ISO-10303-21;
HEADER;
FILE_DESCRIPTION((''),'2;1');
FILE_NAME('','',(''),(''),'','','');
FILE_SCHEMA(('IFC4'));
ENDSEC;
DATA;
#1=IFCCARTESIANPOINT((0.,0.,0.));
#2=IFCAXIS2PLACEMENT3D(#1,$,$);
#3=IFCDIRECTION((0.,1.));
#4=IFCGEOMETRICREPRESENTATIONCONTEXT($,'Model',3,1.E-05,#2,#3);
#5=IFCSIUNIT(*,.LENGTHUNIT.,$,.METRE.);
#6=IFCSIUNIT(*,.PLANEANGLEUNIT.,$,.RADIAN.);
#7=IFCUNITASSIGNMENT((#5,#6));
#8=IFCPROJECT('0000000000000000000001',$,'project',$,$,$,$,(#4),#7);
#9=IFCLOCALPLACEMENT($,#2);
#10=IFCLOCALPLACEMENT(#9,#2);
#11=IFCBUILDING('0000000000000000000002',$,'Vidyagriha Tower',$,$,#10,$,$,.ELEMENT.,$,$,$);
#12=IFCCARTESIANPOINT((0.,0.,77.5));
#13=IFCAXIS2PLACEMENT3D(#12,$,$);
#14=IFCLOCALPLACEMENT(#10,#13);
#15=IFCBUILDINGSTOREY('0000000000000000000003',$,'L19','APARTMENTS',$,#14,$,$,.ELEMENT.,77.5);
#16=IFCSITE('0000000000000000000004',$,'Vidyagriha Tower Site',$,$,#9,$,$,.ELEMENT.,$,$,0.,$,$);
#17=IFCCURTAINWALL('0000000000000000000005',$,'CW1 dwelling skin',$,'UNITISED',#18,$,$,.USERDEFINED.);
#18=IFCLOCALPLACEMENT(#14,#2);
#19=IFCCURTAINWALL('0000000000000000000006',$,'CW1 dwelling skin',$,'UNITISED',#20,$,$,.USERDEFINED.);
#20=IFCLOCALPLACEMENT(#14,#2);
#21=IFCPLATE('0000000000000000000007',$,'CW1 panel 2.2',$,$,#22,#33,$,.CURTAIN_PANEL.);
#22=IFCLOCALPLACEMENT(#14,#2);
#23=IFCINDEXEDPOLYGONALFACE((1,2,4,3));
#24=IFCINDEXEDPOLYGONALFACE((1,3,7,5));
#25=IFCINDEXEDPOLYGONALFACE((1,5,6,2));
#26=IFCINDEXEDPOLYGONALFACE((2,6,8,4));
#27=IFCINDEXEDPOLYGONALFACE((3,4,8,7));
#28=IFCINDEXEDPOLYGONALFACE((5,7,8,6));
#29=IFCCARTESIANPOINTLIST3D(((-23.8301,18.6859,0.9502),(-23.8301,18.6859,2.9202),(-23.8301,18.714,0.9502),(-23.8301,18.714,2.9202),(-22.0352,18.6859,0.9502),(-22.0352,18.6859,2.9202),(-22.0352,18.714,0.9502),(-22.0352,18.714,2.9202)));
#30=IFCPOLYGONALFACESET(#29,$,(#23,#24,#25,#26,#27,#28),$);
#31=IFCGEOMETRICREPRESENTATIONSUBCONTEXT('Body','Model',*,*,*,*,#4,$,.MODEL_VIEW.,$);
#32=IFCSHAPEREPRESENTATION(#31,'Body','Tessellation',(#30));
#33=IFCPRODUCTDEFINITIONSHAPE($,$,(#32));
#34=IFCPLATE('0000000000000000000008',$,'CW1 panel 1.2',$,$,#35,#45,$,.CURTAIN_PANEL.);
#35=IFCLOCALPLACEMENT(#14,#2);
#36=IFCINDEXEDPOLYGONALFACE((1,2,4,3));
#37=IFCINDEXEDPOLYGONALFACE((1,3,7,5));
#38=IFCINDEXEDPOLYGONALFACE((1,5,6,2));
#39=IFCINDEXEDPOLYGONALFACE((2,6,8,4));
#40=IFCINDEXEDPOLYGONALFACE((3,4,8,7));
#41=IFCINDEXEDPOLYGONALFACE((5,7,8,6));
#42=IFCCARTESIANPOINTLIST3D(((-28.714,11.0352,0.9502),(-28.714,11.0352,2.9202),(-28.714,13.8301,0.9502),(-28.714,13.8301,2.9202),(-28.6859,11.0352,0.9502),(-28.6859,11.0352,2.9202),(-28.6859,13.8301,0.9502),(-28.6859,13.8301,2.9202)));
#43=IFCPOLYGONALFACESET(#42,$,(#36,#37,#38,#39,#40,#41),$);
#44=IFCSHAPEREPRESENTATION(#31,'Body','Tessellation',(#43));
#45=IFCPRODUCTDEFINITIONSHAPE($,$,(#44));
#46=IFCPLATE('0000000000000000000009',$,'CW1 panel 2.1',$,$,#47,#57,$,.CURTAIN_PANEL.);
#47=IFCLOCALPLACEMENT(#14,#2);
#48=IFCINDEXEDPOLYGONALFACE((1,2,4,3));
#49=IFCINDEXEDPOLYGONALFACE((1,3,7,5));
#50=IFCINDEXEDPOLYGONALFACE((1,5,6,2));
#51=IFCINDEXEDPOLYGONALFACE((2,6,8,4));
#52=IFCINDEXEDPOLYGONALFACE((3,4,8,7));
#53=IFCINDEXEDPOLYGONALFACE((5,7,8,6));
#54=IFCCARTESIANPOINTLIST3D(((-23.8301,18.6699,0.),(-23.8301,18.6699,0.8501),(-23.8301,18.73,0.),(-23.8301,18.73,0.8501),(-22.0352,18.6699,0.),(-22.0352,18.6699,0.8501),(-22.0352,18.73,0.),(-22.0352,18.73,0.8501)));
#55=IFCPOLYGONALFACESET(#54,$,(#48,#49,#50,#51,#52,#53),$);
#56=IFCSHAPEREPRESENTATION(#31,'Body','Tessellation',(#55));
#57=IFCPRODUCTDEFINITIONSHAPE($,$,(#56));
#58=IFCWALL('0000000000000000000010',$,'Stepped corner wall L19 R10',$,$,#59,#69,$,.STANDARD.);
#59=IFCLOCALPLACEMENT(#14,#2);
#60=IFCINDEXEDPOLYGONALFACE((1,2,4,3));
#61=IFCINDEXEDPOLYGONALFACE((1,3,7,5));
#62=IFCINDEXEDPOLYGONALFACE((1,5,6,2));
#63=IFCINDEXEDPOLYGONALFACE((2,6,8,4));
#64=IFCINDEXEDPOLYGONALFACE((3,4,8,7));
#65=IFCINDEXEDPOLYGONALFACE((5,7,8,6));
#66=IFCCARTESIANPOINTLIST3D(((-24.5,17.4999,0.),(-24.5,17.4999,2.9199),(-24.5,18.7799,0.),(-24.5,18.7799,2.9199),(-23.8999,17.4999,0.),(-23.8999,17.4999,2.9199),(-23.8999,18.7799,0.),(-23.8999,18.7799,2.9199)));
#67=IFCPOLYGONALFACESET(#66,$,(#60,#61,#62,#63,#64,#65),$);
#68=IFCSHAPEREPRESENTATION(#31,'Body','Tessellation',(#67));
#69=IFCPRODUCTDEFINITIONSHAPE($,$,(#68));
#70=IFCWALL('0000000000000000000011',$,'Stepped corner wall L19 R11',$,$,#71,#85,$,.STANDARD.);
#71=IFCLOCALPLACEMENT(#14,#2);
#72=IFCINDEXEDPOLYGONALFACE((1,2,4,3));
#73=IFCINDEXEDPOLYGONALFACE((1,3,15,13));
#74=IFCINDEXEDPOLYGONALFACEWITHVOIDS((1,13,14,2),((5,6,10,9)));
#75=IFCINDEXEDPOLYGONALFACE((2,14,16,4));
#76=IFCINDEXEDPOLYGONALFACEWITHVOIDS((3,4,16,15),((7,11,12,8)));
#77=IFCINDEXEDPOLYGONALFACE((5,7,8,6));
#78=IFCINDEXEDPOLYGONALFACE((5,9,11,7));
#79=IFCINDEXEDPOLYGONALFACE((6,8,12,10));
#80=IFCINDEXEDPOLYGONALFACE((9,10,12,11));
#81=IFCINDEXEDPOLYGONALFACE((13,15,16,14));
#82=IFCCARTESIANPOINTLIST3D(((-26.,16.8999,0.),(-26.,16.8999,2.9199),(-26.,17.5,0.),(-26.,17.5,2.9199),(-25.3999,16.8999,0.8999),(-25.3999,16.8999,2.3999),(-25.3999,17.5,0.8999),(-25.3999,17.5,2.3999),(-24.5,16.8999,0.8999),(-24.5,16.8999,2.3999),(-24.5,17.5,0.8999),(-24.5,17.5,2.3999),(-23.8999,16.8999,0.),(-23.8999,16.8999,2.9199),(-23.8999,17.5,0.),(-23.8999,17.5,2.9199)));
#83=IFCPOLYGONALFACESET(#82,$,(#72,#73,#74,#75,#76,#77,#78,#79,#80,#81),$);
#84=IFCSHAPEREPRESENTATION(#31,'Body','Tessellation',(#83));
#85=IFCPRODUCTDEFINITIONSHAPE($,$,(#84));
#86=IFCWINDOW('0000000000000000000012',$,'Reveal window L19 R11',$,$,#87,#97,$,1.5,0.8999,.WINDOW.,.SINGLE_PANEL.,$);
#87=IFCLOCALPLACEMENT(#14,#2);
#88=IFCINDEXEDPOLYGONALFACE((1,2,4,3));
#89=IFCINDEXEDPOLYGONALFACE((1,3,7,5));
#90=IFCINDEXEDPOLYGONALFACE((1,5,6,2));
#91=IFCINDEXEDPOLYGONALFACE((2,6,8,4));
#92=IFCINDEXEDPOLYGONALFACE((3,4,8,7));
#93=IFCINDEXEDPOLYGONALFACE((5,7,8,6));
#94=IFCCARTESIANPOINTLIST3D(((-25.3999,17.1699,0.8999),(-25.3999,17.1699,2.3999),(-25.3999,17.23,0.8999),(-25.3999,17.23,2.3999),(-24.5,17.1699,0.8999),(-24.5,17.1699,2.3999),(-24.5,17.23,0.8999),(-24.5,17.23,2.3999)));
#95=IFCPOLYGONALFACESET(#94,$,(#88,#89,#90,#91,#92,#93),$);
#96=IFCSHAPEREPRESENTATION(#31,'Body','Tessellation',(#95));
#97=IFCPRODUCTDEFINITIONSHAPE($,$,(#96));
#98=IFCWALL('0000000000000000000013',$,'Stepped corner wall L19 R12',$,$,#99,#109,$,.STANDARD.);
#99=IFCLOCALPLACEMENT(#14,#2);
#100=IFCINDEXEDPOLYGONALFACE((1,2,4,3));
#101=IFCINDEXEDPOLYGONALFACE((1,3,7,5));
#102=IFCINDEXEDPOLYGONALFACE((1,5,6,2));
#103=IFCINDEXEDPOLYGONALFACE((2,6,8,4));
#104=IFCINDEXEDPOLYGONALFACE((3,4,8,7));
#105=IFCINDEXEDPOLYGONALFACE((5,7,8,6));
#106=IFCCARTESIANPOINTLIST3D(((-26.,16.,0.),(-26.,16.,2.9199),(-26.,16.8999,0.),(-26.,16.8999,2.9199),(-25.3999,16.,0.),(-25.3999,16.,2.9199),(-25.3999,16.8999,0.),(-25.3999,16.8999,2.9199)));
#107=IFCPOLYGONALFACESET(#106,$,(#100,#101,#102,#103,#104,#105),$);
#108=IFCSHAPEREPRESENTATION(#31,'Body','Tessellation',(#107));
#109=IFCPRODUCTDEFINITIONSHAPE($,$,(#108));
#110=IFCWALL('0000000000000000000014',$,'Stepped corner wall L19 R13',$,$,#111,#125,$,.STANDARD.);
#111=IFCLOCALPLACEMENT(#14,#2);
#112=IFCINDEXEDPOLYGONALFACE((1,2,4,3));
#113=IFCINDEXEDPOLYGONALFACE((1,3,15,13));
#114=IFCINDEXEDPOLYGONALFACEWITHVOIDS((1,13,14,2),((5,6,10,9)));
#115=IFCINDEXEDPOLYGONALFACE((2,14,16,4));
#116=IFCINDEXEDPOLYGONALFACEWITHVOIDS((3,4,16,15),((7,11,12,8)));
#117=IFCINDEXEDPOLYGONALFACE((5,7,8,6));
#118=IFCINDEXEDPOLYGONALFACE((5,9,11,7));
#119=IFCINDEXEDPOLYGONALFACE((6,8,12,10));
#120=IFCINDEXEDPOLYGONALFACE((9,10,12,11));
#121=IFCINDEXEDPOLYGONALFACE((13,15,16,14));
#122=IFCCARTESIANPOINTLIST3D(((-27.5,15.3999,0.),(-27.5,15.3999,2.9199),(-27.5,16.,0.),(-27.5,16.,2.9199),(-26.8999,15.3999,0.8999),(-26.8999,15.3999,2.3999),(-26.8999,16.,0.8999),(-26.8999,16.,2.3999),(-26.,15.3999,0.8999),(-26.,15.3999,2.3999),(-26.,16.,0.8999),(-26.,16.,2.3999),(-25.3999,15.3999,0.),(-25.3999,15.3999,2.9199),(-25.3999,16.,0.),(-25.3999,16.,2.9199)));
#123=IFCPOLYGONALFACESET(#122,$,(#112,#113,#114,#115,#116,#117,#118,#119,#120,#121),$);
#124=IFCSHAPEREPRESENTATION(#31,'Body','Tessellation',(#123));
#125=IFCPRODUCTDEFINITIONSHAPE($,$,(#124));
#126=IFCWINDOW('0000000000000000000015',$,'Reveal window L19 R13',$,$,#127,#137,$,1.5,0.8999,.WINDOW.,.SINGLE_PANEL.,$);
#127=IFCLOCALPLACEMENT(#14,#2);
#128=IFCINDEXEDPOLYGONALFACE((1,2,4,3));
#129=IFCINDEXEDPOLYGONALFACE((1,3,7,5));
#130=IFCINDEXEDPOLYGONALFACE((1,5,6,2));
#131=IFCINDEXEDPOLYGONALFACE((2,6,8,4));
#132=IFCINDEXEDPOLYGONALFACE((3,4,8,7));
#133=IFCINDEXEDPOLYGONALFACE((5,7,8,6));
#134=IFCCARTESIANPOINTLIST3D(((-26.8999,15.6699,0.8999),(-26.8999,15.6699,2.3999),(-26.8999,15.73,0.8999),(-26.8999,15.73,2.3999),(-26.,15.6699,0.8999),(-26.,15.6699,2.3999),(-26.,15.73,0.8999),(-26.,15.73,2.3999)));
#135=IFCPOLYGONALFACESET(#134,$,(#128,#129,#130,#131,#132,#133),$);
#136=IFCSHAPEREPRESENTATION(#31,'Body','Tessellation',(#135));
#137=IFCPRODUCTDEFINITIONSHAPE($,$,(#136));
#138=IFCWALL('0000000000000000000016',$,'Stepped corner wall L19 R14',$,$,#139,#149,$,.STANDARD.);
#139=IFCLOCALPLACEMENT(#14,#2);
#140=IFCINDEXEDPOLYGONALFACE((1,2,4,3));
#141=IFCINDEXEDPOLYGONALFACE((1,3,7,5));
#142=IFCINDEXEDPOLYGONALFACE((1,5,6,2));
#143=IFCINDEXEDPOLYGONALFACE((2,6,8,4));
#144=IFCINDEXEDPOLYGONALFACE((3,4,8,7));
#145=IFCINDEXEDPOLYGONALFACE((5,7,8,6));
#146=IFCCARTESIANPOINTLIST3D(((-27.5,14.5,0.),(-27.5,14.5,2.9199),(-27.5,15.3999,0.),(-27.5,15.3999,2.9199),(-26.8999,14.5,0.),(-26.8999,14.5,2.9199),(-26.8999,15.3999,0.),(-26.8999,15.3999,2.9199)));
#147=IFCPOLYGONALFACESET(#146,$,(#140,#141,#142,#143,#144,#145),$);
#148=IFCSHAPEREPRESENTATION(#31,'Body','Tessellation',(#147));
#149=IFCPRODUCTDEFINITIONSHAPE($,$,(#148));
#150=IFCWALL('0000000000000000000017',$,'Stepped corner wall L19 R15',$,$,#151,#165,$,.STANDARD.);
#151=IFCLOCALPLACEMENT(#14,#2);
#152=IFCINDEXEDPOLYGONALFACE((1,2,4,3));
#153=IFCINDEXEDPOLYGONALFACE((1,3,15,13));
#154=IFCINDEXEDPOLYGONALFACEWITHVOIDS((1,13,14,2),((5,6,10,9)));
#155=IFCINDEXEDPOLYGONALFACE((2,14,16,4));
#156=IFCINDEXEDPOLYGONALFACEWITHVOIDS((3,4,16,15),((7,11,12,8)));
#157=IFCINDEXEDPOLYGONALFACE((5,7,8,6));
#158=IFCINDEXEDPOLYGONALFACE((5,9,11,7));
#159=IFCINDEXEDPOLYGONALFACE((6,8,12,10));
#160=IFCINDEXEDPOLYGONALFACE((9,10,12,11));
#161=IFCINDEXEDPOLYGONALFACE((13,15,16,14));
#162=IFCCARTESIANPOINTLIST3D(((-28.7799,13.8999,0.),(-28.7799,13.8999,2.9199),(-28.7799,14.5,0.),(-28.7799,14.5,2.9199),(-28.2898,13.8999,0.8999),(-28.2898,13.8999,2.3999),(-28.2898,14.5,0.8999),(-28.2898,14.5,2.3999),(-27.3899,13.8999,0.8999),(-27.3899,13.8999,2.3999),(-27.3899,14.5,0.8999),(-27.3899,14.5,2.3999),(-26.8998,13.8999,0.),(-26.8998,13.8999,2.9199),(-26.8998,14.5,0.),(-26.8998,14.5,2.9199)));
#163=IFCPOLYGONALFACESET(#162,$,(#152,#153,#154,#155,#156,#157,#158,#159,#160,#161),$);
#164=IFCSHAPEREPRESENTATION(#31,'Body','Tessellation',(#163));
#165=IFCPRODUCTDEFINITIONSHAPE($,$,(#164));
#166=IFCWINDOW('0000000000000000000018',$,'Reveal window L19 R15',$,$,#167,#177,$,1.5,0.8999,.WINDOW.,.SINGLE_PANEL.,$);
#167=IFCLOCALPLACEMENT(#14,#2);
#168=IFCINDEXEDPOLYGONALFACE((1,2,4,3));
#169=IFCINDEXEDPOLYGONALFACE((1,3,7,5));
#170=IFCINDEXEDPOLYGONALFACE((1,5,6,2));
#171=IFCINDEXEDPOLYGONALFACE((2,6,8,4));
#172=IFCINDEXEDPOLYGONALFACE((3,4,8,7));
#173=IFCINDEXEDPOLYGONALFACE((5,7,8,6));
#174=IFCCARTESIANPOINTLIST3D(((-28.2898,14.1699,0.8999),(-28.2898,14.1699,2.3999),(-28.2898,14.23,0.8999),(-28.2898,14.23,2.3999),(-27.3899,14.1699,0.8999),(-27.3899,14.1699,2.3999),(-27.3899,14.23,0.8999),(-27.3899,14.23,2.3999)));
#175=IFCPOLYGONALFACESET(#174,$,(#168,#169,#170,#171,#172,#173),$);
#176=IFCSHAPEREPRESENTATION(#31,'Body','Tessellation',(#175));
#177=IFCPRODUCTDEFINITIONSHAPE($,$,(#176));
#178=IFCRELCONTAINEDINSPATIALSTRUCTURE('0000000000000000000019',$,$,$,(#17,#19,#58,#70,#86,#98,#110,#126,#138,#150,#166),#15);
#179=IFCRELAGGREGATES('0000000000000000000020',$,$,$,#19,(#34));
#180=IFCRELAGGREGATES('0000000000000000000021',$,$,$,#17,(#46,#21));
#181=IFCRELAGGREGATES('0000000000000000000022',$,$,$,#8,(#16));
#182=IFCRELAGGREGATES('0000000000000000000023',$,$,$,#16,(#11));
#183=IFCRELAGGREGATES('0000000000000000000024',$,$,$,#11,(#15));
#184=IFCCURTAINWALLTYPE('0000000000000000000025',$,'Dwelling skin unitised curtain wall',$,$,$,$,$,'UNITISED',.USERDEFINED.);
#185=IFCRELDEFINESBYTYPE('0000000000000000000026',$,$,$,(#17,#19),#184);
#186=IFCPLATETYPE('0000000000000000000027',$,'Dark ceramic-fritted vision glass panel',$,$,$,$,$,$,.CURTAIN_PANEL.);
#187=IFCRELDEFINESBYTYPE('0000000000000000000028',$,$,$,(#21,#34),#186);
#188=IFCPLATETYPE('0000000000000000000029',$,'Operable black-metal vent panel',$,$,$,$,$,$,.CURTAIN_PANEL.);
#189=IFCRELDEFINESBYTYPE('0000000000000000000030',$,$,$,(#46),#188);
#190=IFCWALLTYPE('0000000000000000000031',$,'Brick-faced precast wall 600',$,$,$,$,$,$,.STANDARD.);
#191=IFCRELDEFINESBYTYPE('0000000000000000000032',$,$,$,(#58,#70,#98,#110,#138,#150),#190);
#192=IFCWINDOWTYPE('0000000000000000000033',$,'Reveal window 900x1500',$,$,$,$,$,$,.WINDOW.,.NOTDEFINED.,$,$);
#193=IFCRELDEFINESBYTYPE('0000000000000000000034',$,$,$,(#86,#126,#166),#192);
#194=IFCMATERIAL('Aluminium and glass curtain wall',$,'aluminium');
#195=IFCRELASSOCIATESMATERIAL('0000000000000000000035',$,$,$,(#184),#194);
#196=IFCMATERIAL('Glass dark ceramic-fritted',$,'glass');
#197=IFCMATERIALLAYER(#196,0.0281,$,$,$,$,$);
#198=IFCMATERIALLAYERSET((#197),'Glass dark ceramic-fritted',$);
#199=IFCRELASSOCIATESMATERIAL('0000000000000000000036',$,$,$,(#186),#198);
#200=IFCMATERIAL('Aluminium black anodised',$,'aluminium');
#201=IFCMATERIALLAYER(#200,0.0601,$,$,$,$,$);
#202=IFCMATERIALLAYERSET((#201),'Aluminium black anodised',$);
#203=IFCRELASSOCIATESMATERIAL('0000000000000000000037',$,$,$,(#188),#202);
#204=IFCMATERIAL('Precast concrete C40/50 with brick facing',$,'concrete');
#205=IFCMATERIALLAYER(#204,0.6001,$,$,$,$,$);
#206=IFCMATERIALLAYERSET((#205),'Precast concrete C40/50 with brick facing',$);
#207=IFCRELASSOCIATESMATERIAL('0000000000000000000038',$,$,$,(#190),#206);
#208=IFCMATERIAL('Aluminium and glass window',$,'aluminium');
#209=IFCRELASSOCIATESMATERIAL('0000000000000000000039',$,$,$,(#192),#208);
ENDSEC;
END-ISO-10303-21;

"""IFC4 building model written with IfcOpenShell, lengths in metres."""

from ifc_helpers import new_model, si_unit, direction, frame, frame_2d, origin, origin_2d, place, context, subcontext, project, spatial, rectangle, extrude, material, layer, layer_set, type_object, element, fill, aggregate, save


model = new_model("IFC4")

# Units and contexts
model_context = context("Model", 3, precision=1e-05, world=origin(), true_north=direction((0.0, 1.0)))
body_context = subcontext(model_context, "Body", "Model", "MODEL_VIEW")
ifc_project = project(units=[si_unit("LENGTHUNIT", "METRE"), si_unit("PLANEANGLEUNIT", "RADIAN")], contexts=[model_context])

# Site, building, storey
site_placement = place(None, origin())
site = spatial("IfcSite", under=ifc_project, at=site_placement, Name="Vidyagriha Tower Site", CompositionType="ELEMENT", RefElevation=0.0)
building_placement = place(site_placement, origin())
building = spatial("IfcBuilding", under=site, at=building_placement, Name="Vidyagriha Tower", CompositionType="ELEMENT")
storey_placement = place(building_placement, frame((0.0, 0.0, 77.5)))
storey = spatial("IfcBuildingStorey", under=building, at=storey_placement, Name="L19", Description="APARTMENTS", CompositionType="ELEMENT", Elevation=77.5)

# Curtain wall
ifc_material_1 = material(Name="Aluminium and glass curtain wall", Category="aluminium")
curtain_wall_type = type_object("IfcCurtainWallType", Name="Dwelling skin unitised curtain wall", ElementType="UNITISED", PredefinedType="USERDEFINED", material=ifc_material_1)
curtain_wall_1_placement = place(storey_placement, origin())
curtain_wall_1 = element("IfcCurtainWall", 1, at=curtain_wall_1_placement, inside=storey, type_object=curtain_wall_type, Name="CW1 dwelling skin", ObjectType="UNITISED", PredefinedType="USERDEFINED")

# Curtain wall
curtain_wall_2_placement = place(storey_placement, origin())
curtain_wall_2 = element("IfcCurtainWall", 2, at=curtain_wall_2_placement, inside=storey, type_object=curtain_wall_type, Name="CW1 dwelling skin", ObjectType="UNITISED", PredefinedType="USERDEFINED")

# Plates
ifc_material_2 = material(Name="Glass dark ceramic-fritted", Category="glass")
ifc_layer_1 = layer(ifc_material_2, 0.0281)
ifc_layer_set_1 = layer_set([ifc_layer_1], Name="Glass dark ceramic-fritted")
plate_type_1 = type_object("IfcPlateType", Name="Dark ceramic-fritted vision glass panel", PredefinedType="CURTAIN_PANEL", material=ifc_layer_set_1)
plate_1_placement = place(storey_placement, frame((-22.9326, 18.7, 0.9502), z_axis=(0.0, 0.0, 1.0), x_axis=(-1.0, 0.0, 0.0)))
plate_1 = element("IfcPlate", 3, at=plate_1_placement, type_object=plate_type_1, Name="CW1 panel 2.2", PredefinedType="CURTAIN_PANEL", context=body_context, shape_type="SweptSolid", body=[
    extrude(rectangle(XDim=1.7949, YDim=0.0281, at=origin_2d()), origin(), (0.0, 0.0, 1.0), 1.97),
])
plate_2_placement = place(storey_placement, frame((-28.7, 12.4326, 0.9502), z_axis=(0.0, 0.0, 1.0), x_axis=(0.0, -1.0, 0.0)))
plate_2 = element("IfcPlate", 4, at=plate_2_placement, type_object=plate_type_1, Name="CW1 panel 1.2", PredefinedType="CURTAIN_PANEL", context=body_context, shape_type="SweptSolid", body=[
    extrude(rectangle(XDim=2.7949, YDim=0.0281, at=origin_2d()), origin(), (0.0, 0.0, 1.0), 1.97),
])
aggregate(curtain_wall_2, [plate_2])
ifc_material_3 = material(Name="Aluminium black anodised", Category="aluminium")
ifc_layer_2 = layer(ifc_material_3, 0.0601)
ifc_layer_set_2 = layer_set([ifc_layer_2], Name="Aluminium black anodised")
plate_type_2 = type_object("IfcPlateType", Name="Operable black-metal vent panel", PredefinedType="CURTAIN_PANEL", material=ifc_layer_set_2)
plate_3_placement = place(storey_placement, frame((-22.9326, 18.7, 0.0), z_axis=(0.0, 0.0, 1.0), x_axis=(-1.0, 0.0, 0.0)))
plate_3 = element("IfcPlate", 5, at=plate_3_placement, type_object=plate_type_2, Name="CW1 panel 2.1", PredefinedType="CURTAIN_PANEL", context=body_context, shape_type="SweptSolid", body=[
    extrude(rectangle(XDim=1.7949, YDim=0.0601, at=origin_2d()), origin(), (0.0, 0.0, 1.0), 0.8501),
])
aggregate(curtain_wall_1, [plate_3, plate_1])

# Wall
ifc_material_4 = material(Name="Precast concrete C40/50 with brick facing", Category="concrete")
ifc_layer_3 = layer(ifc_material_4, 0.6001)
ifc_layer_set_3 = layer_set([ifc_layer_3], Name="Precast concrete C40/50 with brick facing")
wall_type_1 = type_object("IfcWallType", Name="Brick-faced precast wall 600", PredefinedType="STANDARD", material=ifc_layer_set_3)
wall_1_placement = place(storey_placement, frame((-24.2, 18.78, 0.0), z_axis=(0.0, 0.0, 1.0), x_axis=(0.0, -1.0, 0.0)))
element("IfcWall", 6, at=wall_1_placement, inside=storey, type_object=wall_type_1, Name="Stepped corner wall L19 R10", PredefinedType="STANDARD", context=body_context, shape_type="SweptSolid", body=[
    extrude(rectangle(XDim=1.28, YDim=0.6001, at=frame_2d((0.6401, 0.0))), origin(), (0.0, 0.0, 1.0), 2.9199),
])

# Wall, opening, window
wall_2_placement = place(storey_placement, frame((-23.8999, 17.2, 0.0), z_axis=(0.0, 0.0, 1.0), x_axis=(-1.0, 0.0, 0.0)))
wall_2 = element("IfcWall", 7, at=wall_2_placement, inside=storey, type_object=wall_type_1, Name="Stepped corner wall L19 R11", PredefinedType="STANDARD", context=body_context, shape_type="SweptSolid", body=[
    extrude(rectangle(XDim=2.1001, YDim=0.6001, at=frame_2d((1.05, 0.0))), origin(), (0.0, 0.0, 1.0), 2.9199),
])
opening_1_placement = place(wall_2_placement, frame((0.6001, 0.0, 0.8999)))
opening_1 = element("IfcOpeningElement", 8, at=opening_1_placement, cuts=wall_2, PredefinedType="OPENING", context=body_context, shape_type="SweptSolid", body=[
    extrude(rectangle(XDim=0.8999, YDim=1.5, at=frame_2d((0.45, 0.75))), frame((0.0, 0.3101, 0.0), z_axis=(0.0, -1.0, 0.0), x_axis=(1.0, 0.0, 0.0)), (0.0, 0.0, 1.0), 0.6201),
])
ifc_material_5 = material(Name="Aluminium and glass window", Category="aluminium")
window_type = type_object("IfcWindowType", Name="Reveal window 900x1500", PartitioningType="NOTDEFINED", PredefinedType="WINDOW", material=ifc_material_5)
window_1_placement = place(opening_1_placement, origin())
window_1 = element("IfcWindow", 9, at=window_1_placement, inside=storey, type_object=window_type, Name="Reveal window L19 R11", OverallHeight=1.5, OverallWidth=0.8999, PartitioningType="SINGLE_PANEL", PredefinedType="WINDOW", context=body_context, shape_type="SweptSolid", body=[
    extrude(rectangle(XDim=0.8999, YDim=1.5, at=frame_2d((0.45, 0.75))), frame((0.0, 0.03, 0.0), z_axis=(0.0, -1.0, 0.0), x_axis=(1.0, 0.0, 0.0)), (0.0, 0.0, 1.0), 0.0601),
])
fill(opening_1, window_1)

# Wall
wall_3_placement = place(storey_placement, frame((-25.7, 16.8999, 0.0), z_axis=(0.0, 0.0, 1.0), x_axis=(0.0, -1.0, 0.0)))
element("IfcWall", 10, at=wall_3_placement, inside=storey, type_object=wall_type_1, Name="Stepped corner wall L19 R12", PredefinedType="STANDARD", context=body_context, shape_type="SweptSolid", body=[
    extrude(rectangle(XDim=0.8999, YDim=0.6001, at=frame_2d((0.45, 0.0))), origin(), (0.0, 0.0, 1.0), 2.9199),
])

# Wall, opening, window
wall_4_placement = place(storey_placement, frame((-25.3999, 15.7, 0.0), z_axis=(0.0, 0.0, 1.0), x_axis=(-1.0, 0.0, 0.0)))
wall_4 = element("IfcWall", 11, at=wall_4_placement, inside=storey, type_object=wall_type_1, Name="Stepped corner wall L19 R13", PredefinedType="STANDARD", context=body_context, shape_type="SweptSolid", body=[
    extrude(rectangle(XDim=2.1001, YDim=0.6001, at=frame_2d((1.05, 0.0))), origin(), (0.0, 0.0, 1.0), 2.9199),
])
opening_2_placement = place(wall_4_placement, frame((0.6001, 0.0, 0.8999)))
opening_2 = element("IfcOpeningElement", 12, at=opening_2_placement, cuts=wall_4, PredefinedType="OPENING", context=body_context, shape_type="SweptSolid", body=[
    extrude(rectangle(XDim=0.8999, YDim=1.5, at=frame_2d((0.45, 0.75))), frame((0.0, 0.3101, 0.0), z_axis=(0.0, -1.0, 0.0), x_axis=(1.0, 0.0, 0.0)), (0.0, 0.0, 1.0), 0.6201),
])
window_2_placement = place(opening_2_placement, origin())
window_2 = element("IfcWindow", 13, at=window_2_placement, inside=storey, type_object=window_type, Name="Reveal window L19 R13", OverallHeight=1.5, OverallWidth=0.8999, PartitioningType="SINGLE_PANEL", PredefinedType="WINDOW", context=body_context, shape_type="SweptSolid", body=[
    extrude(rectangle(XDim=0.8999, YDim=1.5, at=frame_2d((0.45, 0.75))), frame((0.0, 0.03, 0.0), z_axis=(0.0, -1.0, 0.0), x_axis=(1.0, 0.0, 0.0)), (0.0, 0.0, 1.0), 0.0601),
])
fill(opening_2, window_2)

# Wall
wall_5_placement = place(storey_placement, frame((-27.2, 15.3999, 0.0), z_axis=(0.0, 0.0, 1.0), x_axis=(0.0, -1.0, 0.0)))
element("IfcWall", 14, at=wall_5_placement, inside=storey, type_object=wall_type_1, Name="Stepped corner wall L19 R14", PredefinedType="STANDARD", context=body_context, shape_type="SweptSolid", body=[
    extrude(rectangle(XDim=0.8999, YDim=0.6001, at=frame_2d((0.45, 0.0))), origin(), (0.0, 0.0, 1.0), 2.9199),
])

# Wall, opening, window
wall_6_placement = place(storey_placement, frame((-26.8999, 14.2, 0.0), z_axis=(0.0, 0.0, 1.0), x_axis=(-1.0, 0.0, 0.0)))
wall_6 = element("IfcWall", 15, at=wall_6_placement, inside=storey, type_object=wall_type_1, Name="Stepped corner wall L19 R15", PredefinedType="STANDARD", context=body_context, shape_type="SweptSolid", body=[
    extrude(rectangle(XDim=1.8801, YDim=0.6001, at=frame_2d((0.9399, 0.0))), origin(), (0.0, 0.0, 1.0), 2.9199),
])
opening_3_placement = place(wall_6_placement, frame((0.49, 0.0, 0.8999)))
opening_3 = element("IfcOpeningElement", 16, at=opening_3_placement, cuts=wall_6, PredefinedType="OPENING", context=body_context, shape_type="SweptSolid", body=[
    extrude(rectangle(XDim=0.8999, YDim=1.5, at=frame_2d((0.45, 0.75))), frame((0.0, 0.3101, 0.0), z_axis=(0.0, -1.0, 0.0), x_axis=(1.0, 0.0, 0.0)), (0.0, 0.0, 1.0), 0.6201),
])
window_3_placement = place(opening_3_placement, origin())
window_3 = element("IfcWindow", 17, at=window_3_placement, inside=storey, type_object=window_type, Name="Reveal window L19 R15", OverallHeight=1.5, OverallWidth=0.8999, PartitioningType="SINGLE_PANEL", PredefinedType="WINDOW", context=body_context, shape_type="SweptSolid", body=[
    extrude(rectangle(XDim=0.8999, YDim=1.5, at=frame_2d((0.45, 0.75))), frame((0.0, 0.03, 0.0), z_axis=(0.0, -1.0, 0.0), x_axis=(1.0, 0.0, 0.0)), (0.0, 0.0, 1.0), 0.0601),
])
fill(opening_3, window_3)

save(model, "model.ifc")
